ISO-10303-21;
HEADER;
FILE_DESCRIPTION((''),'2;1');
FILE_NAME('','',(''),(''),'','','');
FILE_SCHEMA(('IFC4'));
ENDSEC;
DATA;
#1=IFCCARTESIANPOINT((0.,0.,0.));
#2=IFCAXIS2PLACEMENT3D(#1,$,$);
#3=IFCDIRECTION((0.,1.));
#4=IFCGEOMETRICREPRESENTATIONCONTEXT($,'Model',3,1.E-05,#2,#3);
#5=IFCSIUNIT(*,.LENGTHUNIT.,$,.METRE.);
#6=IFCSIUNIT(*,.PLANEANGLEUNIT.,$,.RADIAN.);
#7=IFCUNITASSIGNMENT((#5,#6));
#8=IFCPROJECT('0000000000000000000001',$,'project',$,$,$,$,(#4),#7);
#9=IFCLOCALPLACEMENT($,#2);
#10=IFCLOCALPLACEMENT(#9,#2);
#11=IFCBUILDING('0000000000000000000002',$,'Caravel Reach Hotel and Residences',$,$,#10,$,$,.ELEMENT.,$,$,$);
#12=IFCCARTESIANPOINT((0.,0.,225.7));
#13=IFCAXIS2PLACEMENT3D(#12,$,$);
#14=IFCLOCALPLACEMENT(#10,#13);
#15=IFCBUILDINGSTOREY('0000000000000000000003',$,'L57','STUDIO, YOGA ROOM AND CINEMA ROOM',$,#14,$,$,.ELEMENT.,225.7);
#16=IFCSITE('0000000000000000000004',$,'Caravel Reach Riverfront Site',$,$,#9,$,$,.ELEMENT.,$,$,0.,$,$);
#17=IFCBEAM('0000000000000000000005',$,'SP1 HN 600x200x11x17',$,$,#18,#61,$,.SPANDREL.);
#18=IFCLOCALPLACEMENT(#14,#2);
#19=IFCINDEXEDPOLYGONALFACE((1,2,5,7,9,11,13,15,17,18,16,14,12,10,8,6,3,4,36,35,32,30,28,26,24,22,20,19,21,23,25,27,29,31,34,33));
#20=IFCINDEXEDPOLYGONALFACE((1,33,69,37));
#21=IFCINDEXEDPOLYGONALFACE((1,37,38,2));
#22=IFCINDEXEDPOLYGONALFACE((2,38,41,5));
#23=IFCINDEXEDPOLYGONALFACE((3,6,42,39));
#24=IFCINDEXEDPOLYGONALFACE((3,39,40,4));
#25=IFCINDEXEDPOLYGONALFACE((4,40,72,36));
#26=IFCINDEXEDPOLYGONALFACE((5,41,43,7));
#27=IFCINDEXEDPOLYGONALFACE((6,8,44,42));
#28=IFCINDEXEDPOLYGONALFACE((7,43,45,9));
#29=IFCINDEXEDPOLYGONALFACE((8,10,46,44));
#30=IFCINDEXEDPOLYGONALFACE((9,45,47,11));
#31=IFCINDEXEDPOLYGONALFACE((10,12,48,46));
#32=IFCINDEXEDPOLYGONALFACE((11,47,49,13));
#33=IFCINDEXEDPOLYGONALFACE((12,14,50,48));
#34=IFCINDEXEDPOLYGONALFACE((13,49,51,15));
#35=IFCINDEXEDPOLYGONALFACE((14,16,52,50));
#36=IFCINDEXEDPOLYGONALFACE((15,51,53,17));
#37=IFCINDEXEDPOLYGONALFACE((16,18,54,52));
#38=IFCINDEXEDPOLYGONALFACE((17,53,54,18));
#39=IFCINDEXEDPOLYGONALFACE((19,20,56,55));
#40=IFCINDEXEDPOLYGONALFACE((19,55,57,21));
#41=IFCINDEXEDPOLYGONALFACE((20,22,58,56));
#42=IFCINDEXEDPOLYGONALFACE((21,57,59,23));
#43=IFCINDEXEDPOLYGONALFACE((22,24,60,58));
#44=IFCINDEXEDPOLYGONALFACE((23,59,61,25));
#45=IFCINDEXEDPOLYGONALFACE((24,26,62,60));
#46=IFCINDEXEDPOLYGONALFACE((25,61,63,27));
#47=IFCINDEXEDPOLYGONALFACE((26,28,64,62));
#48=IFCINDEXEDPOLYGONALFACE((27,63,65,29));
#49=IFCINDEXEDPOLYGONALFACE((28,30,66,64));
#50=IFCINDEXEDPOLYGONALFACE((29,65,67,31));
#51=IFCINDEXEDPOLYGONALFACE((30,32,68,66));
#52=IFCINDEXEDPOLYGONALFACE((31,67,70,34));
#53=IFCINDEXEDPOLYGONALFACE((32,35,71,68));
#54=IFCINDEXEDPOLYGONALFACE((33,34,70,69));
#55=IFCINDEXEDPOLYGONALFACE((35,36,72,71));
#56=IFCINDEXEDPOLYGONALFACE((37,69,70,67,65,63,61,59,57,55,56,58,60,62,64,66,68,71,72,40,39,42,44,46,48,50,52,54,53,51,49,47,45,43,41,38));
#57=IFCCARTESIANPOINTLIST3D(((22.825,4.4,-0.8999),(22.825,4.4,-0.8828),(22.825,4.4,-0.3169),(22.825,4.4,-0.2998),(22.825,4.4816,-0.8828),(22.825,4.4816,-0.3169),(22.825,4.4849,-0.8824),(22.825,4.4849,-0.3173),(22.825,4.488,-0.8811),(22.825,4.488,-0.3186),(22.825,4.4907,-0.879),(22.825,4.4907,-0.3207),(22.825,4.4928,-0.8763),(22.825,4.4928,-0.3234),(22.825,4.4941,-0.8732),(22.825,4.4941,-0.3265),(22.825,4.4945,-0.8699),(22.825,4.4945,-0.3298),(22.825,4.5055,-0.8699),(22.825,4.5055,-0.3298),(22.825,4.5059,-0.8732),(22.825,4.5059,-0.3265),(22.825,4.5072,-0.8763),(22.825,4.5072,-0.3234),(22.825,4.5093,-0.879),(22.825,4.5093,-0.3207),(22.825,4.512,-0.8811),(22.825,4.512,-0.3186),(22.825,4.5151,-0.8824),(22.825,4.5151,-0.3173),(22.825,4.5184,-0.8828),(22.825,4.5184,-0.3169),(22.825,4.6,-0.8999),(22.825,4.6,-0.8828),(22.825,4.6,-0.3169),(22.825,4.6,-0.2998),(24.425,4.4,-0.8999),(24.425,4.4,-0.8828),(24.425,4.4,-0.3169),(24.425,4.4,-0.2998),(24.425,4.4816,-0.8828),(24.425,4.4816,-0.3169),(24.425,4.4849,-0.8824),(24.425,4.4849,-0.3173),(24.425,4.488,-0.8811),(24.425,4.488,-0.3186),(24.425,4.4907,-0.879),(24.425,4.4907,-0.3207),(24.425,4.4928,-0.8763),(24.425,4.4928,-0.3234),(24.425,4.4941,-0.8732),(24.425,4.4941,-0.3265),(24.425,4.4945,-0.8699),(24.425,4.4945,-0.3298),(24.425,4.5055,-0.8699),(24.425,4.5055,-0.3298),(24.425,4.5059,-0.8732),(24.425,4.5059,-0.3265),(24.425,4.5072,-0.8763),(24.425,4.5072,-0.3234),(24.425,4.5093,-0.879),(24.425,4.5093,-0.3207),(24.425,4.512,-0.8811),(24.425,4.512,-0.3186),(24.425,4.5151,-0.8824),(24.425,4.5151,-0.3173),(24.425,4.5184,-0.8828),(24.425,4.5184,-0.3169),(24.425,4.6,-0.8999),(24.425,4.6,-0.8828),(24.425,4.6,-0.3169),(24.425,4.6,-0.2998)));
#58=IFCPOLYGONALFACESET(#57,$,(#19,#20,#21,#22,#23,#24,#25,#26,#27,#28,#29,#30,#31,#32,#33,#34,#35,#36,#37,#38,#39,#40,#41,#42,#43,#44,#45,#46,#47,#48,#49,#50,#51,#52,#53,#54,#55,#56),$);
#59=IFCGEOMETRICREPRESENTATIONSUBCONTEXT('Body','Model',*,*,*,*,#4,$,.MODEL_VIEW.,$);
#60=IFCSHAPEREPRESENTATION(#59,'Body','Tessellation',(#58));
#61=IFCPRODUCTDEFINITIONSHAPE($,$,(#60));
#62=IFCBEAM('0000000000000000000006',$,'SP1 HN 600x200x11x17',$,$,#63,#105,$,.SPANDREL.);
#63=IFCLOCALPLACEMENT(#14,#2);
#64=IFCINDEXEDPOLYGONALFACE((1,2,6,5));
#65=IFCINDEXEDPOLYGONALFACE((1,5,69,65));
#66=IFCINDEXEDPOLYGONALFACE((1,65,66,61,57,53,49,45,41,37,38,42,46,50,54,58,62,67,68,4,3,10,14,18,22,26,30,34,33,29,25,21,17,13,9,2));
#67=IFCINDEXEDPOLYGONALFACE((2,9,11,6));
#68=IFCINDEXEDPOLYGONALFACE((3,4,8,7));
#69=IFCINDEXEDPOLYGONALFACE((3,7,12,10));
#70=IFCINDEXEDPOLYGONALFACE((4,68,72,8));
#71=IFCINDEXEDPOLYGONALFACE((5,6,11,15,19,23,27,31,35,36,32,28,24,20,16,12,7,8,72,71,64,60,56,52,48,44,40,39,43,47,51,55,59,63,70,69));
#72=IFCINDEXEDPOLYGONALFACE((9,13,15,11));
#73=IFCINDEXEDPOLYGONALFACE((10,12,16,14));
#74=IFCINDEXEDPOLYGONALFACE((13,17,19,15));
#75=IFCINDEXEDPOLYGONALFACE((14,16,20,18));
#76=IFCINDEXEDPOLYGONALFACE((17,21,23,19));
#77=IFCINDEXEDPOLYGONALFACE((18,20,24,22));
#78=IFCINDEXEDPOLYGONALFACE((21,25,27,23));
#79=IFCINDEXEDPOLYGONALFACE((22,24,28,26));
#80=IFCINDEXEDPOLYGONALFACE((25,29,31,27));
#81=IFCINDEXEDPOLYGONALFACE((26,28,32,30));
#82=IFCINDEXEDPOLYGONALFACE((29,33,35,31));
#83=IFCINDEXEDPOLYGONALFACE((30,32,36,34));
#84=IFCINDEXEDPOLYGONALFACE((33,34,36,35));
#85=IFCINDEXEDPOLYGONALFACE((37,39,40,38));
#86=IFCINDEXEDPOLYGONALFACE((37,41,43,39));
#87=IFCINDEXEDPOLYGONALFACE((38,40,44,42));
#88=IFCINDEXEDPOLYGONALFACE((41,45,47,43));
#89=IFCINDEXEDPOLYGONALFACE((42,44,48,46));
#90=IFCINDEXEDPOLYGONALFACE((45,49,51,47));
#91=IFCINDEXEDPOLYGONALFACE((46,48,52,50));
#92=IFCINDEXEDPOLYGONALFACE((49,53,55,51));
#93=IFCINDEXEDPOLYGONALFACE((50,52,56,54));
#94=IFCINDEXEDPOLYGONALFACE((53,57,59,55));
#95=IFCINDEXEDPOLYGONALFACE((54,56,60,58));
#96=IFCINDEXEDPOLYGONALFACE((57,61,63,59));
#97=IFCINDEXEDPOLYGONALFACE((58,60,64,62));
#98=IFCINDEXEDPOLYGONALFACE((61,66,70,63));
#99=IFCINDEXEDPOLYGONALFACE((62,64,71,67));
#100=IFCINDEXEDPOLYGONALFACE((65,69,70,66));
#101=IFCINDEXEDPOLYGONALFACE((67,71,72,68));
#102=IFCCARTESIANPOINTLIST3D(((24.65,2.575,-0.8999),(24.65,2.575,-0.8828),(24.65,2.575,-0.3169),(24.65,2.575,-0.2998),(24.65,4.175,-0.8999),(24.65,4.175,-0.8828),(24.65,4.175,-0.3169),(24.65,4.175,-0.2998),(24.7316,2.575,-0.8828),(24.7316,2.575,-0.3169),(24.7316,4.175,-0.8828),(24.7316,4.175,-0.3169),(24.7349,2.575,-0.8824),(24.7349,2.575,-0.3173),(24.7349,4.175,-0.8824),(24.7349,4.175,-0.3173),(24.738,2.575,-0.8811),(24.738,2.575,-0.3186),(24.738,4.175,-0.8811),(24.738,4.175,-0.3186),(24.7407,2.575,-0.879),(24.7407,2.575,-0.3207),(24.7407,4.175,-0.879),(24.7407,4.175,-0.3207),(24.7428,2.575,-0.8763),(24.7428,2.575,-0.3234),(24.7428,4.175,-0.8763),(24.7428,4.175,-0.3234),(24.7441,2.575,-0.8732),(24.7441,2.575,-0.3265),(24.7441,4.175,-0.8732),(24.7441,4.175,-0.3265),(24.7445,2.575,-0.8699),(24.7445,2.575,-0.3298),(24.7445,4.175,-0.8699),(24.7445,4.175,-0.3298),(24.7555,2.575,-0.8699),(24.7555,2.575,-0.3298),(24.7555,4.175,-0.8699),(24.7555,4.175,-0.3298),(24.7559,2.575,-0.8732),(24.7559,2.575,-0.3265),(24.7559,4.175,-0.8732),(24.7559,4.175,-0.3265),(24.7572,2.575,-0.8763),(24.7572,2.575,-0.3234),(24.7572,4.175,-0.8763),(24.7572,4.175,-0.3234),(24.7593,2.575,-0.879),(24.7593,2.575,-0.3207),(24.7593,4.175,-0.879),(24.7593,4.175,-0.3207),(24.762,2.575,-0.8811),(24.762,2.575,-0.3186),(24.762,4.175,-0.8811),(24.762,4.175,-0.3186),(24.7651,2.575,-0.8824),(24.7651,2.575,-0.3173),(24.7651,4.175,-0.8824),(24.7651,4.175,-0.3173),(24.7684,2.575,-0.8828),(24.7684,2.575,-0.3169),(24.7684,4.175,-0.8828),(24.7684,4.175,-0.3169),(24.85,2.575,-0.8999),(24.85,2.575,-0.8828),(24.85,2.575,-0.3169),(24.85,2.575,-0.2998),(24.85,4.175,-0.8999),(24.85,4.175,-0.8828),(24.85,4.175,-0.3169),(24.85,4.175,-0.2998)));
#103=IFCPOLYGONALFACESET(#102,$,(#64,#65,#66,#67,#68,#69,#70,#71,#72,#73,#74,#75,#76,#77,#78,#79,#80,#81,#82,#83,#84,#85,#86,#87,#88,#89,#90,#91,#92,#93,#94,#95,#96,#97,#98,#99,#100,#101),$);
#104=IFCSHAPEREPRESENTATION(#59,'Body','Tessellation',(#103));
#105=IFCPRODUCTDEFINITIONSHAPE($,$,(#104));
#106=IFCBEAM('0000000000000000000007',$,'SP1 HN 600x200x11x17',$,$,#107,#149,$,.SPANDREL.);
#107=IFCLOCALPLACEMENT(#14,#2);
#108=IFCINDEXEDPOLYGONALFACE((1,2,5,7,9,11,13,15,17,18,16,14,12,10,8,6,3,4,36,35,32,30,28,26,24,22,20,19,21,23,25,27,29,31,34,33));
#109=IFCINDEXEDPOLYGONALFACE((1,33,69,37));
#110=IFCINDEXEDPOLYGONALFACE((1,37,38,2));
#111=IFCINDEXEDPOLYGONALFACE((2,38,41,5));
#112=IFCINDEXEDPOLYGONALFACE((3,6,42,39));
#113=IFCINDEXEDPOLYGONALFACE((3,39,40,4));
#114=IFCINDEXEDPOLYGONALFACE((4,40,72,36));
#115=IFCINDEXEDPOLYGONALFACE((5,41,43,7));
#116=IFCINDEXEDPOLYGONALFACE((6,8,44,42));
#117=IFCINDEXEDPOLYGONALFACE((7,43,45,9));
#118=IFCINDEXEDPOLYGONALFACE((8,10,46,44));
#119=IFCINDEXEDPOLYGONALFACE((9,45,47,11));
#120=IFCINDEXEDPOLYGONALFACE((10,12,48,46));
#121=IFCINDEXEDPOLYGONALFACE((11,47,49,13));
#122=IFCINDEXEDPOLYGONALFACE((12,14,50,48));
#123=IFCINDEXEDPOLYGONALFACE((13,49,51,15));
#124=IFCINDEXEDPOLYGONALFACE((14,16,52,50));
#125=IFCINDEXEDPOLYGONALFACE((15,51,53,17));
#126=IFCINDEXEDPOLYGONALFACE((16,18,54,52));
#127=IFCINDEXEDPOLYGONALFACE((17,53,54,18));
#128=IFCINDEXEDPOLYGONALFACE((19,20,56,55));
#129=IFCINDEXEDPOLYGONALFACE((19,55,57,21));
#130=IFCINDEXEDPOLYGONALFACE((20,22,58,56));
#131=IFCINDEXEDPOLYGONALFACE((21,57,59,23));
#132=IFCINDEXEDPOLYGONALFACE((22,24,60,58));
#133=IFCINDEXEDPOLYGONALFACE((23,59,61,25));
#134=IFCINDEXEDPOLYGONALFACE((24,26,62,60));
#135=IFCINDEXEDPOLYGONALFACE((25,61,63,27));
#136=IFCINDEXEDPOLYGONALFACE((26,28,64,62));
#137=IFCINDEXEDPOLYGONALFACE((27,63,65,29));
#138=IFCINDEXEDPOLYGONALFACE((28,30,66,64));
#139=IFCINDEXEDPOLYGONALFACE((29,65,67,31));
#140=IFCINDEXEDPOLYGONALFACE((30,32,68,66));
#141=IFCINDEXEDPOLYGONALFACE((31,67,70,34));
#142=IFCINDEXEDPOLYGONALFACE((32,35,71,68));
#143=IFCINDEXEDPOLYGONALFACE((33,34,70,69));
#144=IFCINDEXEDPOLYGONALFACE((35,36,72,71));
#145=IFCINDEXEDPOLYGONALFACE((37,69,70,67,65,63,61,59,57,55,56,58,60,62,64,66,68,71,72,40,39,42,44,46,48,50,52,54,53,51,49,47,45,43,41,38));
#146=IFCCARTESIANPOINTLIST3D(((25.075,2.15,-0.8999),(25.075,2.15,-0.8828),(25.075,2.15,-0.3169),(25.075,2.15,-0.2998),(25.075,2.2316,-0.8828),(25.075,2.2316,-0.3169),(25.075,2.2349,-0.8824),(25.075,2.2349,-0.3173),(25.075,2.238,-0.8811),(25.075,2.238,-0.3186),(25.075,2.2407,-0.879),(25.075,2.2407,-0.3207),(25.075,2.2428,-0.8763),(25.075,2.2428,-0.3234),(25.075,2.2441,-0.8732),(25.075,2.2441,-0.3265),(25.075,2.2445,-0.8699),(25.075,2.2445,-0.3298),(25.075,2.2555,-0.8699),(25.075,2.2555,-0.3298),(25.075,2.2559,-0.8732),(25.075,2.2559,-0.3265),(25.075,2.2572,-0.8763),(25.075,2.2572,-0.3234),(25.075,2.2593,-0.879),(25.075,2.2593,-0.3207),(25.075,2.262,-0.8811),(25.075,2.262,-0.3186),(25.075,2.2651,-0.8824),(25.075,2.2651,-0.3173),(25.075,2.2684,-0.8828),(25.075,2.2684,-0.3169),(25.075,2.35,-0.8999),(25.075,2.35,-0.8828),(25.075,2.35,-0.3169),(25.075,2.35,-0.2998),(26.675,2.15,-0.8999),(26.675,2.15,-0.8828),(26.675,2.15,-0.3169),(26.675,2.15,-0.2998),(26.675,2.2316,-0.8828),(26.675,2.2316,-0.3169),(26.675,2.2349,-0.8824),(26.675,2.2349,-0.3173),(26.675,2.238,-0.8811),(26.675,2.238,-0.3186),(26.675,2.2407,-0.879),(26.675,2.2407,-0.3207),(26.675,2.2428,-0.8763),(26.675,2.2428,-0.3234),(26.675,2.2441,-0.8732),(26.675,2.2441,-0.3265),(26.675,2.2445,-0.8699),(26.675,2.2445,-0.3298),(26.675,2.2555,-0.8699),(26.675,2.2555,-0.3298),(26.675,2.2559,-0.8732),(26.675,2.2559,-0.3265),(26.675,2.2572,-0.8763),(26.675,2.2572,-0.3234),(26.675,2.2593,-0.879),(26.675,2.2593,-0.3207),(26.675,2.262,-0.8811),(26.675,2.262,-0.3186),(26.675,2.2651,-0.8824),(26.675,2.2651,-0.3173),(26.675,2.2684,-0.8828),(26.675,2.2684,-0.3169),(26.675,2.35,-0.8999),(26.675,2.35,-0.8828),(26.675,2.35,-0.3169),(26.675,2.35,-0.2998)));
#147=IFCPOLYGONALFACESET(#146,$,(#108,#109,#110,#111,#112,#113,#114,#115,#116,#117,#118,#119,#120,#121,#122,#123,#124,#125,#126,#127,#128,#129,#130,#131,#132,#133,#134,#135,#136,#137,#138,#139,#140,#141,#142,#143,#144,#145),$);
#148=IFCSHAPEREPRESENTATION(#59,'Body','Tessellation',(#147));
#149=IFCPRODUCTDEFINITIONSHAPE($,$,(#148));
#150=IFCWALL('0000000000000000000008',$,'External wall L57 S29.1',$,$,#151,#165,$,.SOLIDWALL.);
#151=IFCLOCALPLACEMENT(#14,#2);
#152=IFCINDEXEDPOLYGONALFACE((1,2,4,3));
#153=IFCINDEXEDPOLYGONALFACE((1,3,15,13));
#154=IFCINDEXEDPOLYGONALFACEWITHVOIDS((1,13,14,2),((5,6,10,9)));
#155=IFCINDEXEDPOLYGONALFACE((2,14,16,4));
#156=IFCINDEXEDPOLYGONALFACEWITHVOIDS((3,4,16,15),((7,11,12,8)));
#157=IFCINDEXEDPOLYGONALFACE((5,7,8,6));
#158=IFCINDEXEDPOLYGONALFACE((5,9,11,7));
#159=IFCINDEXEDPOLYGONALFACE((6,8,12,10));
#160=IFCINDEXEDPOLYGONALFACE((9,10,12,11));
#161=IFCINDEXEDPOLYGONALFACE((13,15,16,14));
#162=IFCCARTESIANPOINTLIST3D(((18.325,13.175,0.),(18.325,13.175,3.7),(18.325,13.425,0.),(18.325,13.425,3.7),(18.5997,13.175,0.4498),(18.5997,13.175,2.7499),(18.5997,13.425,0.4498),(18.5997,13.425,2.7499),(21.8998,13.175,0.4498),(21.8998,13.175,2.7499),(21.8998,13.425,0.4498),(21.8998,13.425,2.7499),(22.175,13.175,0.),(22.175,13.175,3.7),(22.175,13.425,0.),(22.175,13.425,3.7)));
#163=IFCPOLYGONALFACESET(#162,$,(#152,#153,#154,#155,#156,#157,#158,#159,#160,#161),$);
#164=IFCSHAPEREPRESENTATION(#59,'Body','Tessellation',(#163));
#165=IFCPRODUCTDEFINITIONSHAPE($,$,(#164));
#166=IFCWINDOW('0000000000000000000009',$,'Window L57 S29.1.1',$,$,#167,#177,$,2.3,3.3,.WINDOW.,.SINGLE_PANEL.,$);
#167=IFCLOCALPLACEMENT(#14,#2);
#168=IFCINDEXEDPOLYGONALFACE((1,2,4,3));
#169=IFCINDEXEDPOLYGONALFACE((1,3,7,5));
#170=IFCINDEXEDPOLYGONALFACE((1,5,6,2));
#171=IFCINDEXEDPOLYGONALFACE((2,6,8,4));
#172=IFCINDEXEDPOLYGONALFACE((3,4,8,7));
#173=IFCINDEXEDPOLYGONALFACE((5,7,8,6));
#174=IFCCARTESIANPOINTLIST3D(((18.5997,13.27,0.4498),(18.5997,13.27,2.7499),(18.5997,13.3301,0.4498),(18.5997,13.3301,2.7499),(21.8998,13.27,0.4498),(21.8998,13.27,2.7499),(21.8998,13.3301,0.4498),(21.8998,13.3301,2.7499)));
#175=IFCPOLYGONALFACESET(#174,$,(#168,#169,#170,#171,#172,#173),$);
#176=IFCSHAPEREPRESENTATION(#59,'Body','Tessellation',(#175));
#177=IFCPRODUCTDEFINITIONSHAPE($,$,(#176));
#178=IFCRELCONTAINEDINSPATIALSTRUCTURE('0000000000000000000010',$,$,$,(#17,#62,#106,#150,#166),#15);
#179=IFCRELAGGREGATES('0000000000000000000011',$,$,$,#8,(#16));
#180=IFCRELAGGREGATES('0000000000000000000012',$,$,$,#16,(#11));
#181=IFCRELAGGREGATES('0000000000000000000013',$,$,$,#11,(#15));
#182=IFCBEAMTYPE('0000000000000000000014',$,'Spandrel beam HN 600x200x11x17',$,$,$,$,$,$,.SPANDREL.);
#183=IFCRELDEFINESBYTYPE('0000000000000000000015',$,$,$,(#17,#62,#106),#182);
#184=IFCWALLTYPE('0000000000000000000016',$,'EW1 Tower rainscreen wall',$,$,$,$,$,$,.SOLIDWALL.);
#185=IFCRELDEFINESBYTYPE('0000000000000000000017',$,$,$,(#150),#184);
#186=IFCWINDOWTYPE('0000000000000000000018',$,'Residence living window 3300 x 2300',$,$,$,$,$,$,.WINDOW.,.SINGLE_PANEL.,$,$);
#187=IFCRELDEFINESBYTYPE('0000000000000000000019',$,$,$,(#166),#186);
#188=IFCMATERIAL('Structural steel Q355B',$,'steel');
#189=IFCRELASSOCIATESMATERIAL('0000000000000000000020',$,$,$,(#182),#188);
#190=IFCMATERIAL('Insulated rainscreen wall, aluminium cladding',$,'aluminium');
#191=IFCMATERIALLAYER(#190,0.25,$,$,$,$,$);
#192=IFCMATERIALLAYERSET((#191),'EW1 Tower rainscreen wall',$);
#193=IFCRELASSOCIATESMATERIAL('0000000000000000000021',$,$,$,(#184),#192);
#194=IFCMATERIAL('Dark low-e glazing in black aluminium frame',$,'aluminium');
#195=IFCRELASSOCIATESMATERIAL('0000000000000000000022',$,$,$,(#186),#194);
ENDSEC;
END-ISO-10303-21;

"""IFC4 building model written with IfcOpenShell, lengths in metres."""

from ifc_helpers import new_model, si_unit, direction, frame, frame_2d, origin, origin_2d, place, context, subcontext, project, spatial, rectangle, i_section, extrude, material, layer, layer_set, material_profile, profile_set, type_object, element, fill, save


model = new_model("IFC4")

# Units and contexts
model_context = context("Model", 3, precision=1e-05, world=origin(), true_north=direction((0.0, 1.0)))
body_context = subcontext(model_context, "Body", "Model", "MODEL_VIEW")
ifc_project = project(units=[si_unit("LENGTHUNIT", "METRE"), si_unit("PLANEANGLEUNIT", "RADIAN")], contexts=[model_context])

# Site, building, storey
site_placement = place(None, origin())
site = spatial("IfcSite", under=ifc_project, at=site_placement, Name="Caravel Reach Riverfront Site", CompositionType="ELEMENT", RefElevation=0.0)
building_placement = place(site_placement, origin())
building = spatial("IfcBuilding", under=site, at=building_placement, Name="Caravel Reach Hotel and Residences", CompositionType="ELEMENT")
storey_placement = place(building_placement, frame((0.0, 0.0, 225.7)))
storey = spatial("IfcBuildingStorey", under=building, at=storey_placement, Name="L57", Description="STUDIO, YOGA ROOM AND CINEMA ROOM", CompositionType="ELEMENT", Elevation=225.7)

# Beams
ifc_material_1 = material(Name="Structural steel Q355B", Category="steel")
ifc_material_profile_1 = material_profile(ifc_material_1, i_section(OverallWidth=0.2, OverallDepth=0.6001, WebThickness=0.011, FlangeThickness=0.0171, FilletRadius=0.0129, at=origin_2d()), Name="HN 600x200x11x17")
ifc_profile_set_1 = profile_set([ifc_material_profile_1], Name="Structural steel Q355B")
beam_type = type_object("IfcBeamType", Name="Spandrel beam HN 600x200x11x17", PredefinedType="SPANDREL", material=ifc_profile_set_1)
for number, where, z_axis, x_axis, name in (
    (1, (22.825, 4.5, -0.5999), (1.0, 0.0, 0.0), (0.0, 1.0, 0.0), "SP1 HN 600x200x11x17"),
    (2, (24.75, 4.175, -0.5999), (0.0, -1.0, 0.0), (1.0, 0.0, 0.0), "SP1 HN 600x200x11x17"),
    (3, (25.075, 2.25, -0.5999), (1.0, 0.0, 0.0), (0.0, 1.0, 0.0), "SP1 HN 600x200x11x17"),
):
    element("IfcBeam", number, at=place(storey_placement, frame(where, z_axis=z_axis, x_axis=x_axis)), inside=storey, type_object=beam_type, Name=name, PredefinedType="SPANDREL", context=body_context, shape_type="SweptSolid", body=[
        extrude(i_section(OverallWidth=0.2, OverallDepth=0.6001, WebThickness=0.011, FlangeThickness=0.0171, FilletRadius=0.0129, at=origin_2d()), origin(), (0.0, 0.0, 1.0), 1.6001),
    ])

# Wall, opening, window
ifc_material_2 = material(Name="Insulated rainscreen wall, aluminium cladding", Category="aluminium")
ifc_layer_1 = layer(ifc_material_2, 0.25)
ifc_layer_set_1 = layer_set([ifc_layer_1], Name="EW1 Tower rainscreen wall")
wall_type_1 = type_object("IfcWallType", Name="EW1 Tower rainscreen wall", PredefinedType="SOLIDWALL", material=ifc_layer_set_1)
wall_1_placement = place(storey_placement, frame((18.325, 13.3, 0.0), z_axis=(0.0, 0.0, 1.0), x_axis=(1.0, 0.0, 0.0)))
wall_1 = element("IfcWall", 4, at=wall_1_placement, inside=storey, type_object=wall_type_1, Name="External wall L57 S29.1", PredefinedType="SOLIDWALL", context=body_context, shape_type="SweptSolid", body=[
    extrude(rectangle(XDim=3.8501, YDim=0.25, at=frame_2d((1.925, 0.0))), origin(), (0.0, 0.0, 1.0), 3.7),
])
opening_1_placement = place(wall_1_placement, frame((0.2749, 0.0, 0.45)))
opening_1 = element("IfcOpeningElement", 5, at=opening_1_placement, cuts=wall_1, PredefinedType="OPENING", context=body_context, shape_type="SweptSolid", body=[
    extrude(rectangle(XDim=3.3, YDim=2.3, at=frame_2d((1.6499, 1.1499))), frame((0.0, 0.135, 0.0), z_axis=(0.0, -1.0, 0.0), x_axis=(1.0, 0.0, 0.0)), (0.0, 0.0, 1.0), 0.27),
])
ifc_material_3 = material(Name="Dark low-e glazing in black aluminium frame", Category="aluminium")
window_type_1 = type_object("IfcWindowType", Name="Residence living window 3300 x 2300", PartitioningType="SINGLE_PANEL", PredefinedType="WINDOW", material=ifc_material_3)
window_1_placement = place(opening_1_placement, origin())
window_1 = element("IfcWindow", 6, at=window_1_placement, inside=storey, type_object=window_type_1, Name="Window L57 S29.1.1", OverallHeight=2.3, OverallWidth=3.3, PartitioningType="SINGLE_PANEL", PredefinedType="WINDOW", context=body_context, shape_type="SweptSolid", body=[
    extrude(rectangle(XDim=3.3, YDim=2.3, at=frame_2d((1.6499, 1.1499))), frame((0.0, 0.03, 0.0), z_axis=(0.0, -1.0, 0.0), x_axis=(1.0, 0.0, 0.0)), (0.0, 0.0, 1.0), 0.0601),
])
fill(opening_1, window_1)

save(model, "model.ifc")
